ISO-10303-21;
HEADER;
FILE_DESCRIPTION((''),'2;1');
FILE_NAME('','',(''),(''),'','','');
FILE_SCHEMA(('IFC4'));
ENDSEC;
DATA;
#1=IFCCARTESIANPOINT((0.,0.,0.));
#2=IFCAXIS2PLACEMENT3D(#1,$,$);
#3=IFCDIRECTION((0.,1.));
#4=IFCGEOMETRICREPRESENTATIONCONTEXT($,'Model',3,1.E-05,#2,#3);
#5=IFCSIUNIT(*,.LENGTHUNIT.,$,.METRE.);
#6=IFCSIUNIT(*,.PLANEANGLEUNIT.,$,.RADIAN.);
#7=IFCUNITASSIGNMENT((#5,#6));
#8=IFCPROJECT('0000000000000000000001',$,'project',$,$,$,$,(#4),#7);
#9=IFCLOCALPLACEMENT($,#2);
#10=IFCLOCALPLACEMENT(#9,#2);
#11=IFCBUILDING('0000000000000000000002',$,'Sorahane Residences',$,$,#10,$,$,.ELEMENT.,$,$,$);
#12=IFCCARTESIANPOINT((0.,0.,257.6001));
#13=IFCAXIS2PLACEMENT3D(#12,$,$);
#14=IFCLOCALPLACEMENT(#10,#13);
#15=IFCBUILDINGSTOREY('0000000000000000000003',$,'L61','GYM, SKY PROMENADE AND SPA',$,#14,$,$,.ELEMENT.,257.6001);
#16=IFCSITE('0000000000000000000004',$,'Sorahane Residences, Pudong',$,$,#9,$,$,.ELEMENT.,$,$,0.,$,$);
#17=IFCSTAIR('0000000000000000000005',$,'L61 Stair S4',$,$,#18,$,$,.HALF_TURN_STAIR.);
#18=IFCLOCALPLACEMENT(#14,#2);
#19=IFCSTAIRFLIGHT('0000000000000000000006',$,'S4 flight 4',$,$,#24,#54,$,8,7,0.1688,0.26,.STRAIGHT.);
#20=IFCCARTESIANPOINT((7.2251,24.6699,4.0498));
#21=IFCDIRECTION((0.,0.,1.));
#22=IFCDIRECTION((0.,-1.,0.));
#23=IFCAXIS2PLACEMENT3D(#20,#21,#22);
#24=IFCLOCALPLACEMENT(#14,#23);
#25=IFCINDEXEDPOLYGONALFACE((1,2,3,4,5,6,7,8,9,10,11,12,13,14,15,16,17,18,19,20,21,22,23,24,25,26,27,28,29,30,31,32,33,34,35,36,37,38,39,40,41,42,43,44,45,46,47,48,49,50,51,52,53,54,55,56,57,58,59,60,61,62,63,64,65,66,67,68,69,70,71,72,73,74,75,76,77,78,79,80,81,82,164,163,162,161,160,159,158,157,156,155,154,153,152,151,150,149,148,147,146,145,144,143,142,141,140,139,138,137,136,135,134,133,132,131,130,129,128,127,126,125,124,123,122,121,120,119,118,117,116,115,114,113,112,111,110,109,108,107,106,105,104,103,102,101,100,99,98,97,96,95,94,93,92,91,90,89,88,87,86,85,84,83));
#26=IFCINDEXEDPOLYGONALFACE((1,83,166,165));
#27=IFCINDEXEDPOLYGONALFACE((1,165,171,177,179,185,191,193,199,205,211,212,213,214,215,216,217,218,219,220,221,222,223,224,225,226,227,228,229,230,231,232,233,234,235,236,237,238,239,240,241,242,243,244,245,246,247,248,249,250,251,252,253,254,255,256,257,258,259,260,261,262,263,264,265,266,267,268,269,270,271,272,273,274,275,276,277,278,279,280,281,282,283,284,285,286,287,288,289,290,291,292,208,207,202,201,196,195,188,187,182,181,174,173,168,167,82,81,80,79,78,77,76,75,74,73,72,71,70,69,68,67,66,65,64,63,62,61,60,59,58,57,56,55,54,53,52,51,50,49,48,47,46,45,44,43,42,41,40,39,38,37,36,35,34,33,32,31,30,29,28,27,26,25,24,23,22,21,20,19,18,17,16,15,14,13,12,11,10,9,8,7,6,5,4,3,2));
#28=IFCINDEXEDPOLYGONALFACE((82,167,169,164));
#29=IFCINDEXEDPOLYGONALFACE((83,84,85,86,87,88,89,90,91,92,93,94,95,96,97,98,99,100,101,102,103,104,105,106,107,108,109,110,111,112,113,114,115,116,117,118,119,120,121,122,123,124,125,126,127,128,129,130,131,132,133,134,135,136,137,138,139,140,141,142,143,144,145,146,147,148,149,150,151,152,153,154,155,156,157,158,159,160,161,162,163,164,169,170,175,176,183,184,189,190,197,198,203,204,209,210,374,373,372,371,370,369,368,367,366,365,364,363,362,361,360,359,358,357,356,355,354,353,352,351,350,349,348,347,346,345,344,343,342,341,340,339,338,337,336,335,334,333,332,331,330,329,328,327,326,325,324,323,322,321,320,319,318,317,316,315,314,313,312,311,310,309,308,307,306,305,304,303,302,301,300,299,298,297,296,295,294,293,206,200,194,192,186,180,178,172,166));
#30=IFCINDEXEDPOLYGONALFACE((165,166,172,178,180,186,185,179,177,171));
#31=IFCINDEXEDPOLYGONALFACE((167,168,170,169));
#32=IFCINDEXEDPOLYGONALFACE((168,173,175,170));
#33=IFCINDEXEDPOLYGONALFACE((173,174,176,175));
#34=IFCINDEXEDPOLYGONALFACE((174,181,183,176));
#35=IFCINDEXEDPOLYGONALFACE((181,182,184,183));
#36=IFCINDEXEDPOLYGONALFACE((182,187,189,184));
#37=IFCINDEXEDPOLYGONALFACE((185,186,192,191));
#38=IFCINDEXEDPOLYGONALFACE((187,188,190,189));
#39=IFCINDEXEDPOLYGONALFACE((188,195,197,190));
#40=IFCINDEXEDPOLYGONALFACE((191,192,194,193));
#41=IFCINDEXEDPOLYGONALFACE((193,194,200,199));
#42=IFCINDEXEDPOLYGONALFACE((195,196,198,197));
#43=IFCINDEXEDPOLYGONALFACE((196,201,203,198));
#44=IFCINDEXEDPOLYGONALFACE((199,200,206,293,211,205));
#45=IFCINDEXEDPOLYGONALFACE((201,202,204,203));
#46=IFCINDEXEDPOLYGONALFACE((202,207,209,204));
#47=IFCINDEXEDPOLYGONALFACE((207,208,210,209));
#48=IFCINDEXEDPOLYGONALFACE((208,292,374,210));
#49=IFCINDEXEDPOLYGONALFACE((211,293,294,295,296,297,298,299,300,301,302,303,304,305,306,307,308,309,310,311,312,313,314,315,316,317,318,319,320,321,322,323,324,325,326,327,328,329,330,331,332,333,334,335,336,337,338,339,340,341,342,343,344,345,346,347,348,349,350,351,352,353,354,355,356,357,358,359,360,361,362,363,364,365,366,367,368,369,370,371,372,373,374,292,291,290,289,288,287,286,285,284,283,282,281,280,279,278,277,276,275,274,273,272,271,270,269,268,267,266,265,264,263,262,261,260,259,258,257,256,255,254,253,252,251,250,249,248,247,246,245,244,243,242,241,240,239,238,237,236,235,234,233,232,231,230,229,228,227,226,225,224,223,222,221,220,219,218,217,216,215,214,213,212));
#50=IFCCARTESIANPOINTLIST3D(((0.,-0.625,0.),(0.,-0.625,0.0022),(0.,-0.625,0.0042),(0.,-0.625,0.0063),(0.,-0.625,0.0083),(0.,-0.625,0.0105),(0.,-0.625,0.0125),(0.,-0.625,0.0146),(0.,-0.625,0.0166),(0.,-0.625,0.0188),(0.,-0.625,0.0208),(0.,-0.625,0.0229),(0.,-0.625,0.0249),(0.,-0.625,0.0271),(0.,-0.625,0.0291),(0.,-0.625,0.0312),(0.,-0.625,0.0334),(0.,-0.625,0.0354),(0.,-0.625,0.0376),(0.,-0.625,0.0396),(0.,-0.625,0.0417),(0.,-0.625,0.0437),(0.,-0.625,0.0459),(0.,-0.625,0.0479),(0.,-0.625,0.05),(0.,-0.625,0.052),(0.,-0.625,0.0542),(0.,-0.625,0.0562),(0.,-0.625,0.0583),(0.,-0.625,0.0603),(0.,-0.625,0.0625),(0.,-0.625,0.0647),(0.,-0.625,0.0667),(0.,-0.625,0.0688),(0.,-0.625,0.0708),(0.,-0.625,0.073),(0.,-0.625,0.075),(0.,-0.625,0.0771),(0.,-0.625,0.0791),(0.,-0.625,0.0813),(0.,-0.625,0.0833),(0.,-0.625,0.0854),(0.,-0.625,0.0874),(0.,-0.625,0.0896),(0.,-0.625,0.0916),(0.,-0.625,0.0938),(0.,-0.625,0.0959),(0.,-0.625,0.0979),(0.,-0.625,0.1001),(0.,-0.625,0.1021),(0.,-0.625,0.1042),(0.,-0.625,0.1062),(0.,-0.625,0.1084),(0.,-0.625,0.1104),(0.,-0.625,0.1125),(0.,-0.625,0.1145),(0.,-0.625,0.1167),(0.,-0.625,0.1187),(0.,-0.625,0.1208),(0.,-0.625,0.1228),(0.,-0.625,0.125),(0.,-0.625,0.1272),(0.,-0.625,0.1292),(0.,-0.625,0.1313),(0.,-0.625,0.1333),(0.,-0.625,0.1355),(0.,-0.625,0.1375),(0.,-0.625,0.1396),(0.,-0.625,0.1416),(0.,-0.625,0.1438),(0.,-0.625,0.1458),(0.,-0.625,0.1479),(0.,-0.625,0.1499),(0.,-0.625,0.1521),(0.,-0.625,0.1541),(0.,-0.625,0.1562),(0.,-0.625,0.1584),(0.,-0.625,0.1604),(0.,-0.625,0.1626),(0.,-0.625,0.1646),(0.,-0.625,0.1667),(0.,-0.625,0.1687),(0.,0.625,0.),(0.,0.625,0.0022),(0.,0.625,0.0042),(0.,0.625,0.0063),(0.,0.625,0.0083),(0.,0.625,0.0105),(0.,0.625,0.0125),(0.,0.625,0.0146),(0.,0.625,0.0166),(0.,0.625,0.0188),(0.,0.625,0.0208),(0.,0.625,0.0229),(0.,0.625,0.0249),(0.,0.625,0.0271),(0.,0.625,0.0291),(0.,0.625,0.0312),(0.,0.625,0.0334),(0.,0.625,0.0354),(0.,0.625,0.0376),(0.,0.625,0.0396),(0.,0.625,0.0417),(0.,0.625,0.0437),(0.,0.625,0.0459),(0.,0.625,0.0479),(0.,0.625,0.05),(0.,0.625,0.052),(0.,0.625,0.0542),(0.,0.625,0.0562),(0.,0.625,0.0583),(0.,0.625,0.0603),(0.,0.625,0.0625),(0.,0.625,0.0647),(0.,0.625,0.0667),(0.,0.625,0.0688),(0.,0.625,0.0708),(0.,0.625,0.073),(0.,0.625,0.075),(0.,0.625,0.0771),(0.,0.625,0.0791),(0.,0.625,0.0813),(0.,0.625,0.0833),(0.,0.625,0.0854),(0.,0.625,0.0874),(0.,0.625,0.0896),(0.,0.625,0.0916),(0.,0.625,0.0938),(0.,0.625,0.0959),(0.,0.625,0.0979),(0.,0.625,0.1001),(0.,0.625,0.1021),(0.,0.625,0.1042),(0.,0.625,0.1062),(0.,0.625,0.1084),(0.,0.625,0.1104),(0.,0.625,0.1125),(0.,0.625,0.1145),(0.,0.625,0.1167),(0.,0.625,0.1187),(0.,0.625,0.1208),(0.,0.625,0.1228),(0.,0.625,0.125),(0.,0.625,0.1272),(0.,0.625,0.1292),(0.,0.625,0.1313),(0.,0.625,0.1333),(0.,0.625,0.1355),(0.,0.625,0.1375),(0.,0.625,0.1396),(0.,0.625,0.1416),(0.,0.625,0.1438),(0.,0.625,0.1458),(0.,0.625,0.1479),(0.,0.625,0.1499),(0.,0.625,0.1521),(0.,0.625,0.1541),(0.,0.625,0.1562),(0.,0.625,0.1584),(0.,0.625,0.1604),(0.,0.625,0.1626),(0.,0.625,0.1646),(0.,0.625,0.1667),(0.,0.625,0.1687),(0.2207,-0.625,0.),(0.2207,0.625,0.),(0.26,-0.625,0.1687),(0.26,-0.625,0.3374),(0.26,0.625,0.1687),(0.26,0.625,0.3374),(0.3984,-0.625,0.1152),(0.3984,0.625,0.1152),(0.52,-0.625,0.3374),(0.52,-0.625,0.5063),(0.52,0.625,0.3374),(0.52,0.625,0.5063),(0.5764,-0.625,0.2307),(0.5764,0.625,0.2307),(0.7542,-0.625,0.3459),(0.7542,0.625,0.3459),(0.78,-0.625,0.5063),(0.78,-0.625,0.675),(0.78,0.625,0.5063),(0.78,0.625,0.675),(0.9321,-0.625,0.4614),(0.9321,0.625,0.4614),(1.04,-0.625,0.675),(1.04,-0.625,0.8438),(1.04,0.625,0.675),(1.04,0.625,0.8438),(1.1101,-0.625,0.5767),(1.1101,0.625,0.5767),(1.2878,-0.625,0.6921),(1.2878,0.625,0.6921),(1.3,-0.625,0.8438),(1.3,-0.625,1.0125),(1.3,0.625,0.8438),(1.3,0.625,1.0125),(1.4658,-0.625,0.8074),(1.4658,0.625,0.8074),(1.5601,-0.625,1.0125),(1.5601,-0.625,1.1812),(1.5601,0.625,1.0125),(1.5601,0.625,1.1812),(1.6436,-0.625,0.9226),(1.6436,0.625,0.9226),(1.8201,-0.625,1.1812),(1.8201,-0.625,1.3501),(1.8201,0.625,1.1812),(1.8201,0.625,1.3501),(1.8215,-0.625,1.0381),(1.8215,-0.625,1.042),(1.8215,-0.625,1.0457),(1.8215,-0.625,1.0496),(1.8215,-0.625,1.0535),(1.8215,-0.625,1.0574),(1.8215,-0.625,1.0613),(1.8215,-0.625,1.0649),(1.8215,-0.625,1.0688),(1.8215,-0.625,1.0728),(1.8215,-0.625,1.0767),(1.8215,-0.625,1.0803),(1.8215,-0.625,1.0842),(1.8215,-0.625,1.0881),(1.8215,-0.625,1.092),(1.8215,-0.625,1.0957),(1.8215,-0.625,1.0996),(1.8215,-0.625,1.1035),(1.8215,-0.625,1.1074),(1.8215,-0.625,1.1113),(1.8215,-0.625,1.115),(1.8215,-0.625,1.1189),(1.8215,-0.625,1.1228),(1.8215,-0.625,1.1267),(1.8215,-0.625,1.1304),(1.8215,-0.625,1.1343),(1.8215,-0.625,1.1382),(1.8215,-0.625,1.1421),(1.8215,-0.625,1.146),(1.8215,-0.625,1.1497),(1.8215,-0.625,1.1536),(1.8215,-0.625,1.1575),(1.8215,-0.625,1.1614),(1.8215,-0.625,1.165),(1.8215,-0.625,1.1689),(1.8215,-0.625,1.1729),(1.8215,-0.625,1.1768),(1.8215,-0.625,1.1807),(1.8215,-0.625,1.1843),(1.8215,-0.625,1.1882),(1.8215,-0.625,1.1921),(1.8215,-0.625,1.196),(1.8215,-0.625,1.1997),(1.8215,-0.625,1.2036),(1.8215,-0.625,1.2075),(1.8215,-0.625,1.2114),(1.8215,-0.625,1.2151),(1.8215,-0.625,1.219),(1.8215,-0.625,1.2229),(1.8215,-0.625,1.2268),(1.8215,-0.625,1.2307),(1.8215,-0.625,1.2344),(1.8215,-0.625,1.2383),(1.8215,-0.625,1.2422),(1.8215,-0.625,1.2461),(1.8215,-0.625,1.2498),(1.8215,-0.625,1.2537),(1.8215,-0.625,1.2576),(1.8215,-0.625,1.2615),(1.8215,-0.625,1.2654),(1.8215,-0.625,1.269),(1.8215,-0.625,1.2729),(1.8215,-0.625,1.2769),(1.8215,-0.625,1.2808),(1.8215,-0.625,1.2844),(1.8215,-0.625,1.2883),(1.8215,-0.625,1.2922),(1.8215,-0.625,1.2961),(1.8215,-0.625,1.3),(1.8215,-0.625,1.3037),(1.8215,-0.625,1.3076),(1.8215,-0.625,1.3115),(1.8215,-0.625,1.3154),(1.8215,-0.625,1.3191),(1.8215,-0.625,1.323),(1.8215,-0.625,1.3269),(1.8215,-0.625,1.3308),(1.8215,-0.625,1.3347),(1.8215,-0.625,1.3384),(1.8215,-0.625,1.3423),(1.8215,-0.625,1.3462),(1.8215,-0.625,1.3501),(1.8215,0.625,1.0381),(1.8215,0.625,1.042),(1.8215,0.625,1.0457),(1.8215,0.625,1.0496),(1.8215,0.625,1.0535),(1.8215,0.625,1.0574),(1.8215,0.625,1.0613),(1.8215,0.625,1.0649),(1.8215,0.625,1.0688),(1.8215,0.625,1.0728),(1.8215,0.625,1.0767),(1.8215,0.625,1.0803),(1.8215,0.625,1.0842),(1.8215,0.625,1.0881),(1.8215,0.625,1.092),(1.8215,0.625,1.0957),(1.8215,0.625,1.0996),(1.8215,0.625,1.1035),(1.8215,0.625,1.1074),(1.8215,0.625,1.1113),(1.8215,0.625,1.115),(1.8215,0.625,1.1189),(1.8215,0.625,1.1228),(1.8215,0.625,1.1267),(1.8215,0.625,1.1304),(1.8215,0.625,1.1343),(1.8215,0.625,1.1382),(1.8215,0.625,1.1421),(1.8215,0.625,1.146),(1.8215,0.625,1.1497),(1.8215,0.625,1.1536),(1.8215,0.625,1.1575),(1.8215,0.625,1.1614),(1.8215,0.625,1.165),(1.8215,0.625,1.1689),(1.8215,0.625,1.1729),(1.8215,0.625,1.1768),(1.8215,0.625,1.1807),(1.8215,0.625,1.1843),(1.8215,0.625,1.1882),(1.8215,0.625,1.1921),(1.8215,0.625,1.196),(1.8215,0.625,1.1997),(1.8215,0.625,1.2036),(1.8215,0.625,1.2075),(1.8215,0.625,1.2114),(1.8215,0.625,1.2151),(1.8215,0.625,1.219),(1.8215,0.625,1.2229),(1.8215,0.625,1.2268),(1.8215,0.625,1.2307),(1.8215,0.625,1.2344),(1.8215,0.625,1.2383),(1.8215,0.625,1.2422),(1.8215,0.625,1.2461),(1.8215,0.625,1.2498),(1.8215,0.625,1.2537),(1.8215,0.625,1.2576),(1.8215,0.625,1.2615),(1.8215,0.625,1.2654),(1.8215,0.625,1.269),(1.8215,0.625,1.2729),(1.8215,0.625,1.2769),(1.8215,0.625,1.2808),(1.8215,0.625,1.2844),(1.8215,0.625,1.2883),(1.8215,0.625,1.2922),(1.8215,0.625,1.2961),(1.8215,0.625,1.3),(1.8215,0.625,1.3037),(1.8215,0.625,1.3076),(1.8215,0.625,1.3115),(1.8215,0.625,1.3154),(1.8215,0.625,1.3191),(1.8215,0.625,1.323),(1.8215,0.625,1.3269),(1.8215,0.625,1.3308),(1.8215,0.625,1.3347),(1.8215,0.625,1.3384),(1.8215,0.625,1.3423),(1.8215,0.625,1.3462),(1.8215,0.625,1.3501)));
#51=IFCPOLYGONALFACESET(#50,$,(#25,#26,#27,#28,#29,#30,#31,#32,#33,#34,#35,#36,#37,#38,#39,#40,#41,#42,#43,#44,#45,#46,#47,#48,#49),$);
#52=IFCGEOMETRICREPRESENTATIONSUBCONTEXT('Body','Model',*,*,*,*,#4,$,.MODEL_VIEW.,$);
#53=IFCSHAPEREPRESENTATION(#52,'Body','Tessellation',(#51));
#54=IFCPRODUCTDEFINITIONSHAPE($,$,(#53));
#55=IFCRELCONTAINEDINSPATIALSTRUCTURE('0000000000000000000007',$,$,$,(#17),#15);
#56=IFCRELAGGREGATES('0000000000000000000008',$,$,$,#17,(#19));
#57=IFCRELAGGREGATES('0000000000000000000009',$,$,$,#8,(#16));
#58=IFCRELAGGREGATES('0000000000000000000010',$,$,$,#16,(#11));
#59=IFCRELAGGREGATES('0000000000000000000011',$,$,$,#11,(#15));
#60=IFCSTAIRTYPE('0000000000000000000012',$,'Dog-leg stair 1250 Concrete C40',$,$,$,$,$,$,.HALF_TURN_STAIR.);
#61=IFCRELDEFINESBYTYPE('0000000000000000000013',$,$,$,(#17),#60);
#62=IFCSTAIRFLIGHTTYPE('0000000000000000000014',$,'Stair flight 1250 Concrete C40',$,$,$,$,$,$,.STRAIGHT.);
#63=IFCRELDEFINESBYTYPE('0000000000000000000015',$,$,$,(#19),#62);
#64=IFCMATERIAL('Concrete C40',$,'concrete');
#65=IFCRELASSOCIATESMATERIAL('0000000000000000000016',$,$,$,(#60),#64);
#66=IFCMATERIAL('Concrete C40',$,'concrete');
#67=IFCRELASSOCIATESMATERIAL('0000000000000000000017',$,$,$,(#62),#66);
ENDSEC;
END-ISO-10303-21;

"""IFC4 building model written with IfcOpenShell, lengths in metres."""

from ifc_helpers import new_model, si_unit, direction, frame, origin, place, context, subcontext, project, spatial, polyline, outline, extrude, material, type_object, element, aggregate, save


model = new_model("IFC4")

# Units and contexts
model_context = context("Model", 3, precision=1e-05, world=origin(), true_north=direction((0.0, 1.0)))
body_context = subcontext(model_context, "Body", "Model", "MODEL_VIEW")
ifc_project = project(units=[si_unit("LENGTHUNIT", "METRE"), si_unit("PLANEANGLEUNIT", "RADIAN")], contexts=[model_context])

# Site, building, storey
site_placement = place(None, origin())
site = spatial("IfcSite", under=ifc_project, at=site_placement, Name="Sorahane Residences, Pudong", CompositionType="ELEMENT", RefElevation=0.0)
building_placement = place(site_placement, origin())
building = spatial("IfcBuilding", under=site, at=building_placement, Name="Sorahane Residences", CompositionType="ELEMENT")
storey_placement = place(building_placement, frame((0.0, 0.0, 257.6001)))
storey = spatial("IfcBuildingStorey", under=building, at=storey_placement, Name="L61", Description="GYM, SKY PROMENADE AND SPA", CompositionType="ELEMENT", Elevation=257.6001)

# Stair, stair flight
ifc_material_1 = material(Name="Concrete C40", Category="concrete")
stair_type = type_object("IfcStairType", Name="Dog-leg stair 1250 Concrete C40", PredefinedType="HALF_TURN_STAIR", material=ifc_material_1)
stair_placement = place(storey_placement, origin())
stair = element("IfcStair", 1, at=stair_placement, inside=storey, type_object=stair_type, Name="L61 Stair S4", PredefinedType="HALF_TURN_STAIR")
ifc_material_2 = material(Name="Concrete C40", Category="concrete")
stair_flight_type = type_object("IfcStairFlightType", Name="Stair flight 1250 Concrete C40", PredefinedType="STRAIGHT", material=ifc_material_2)
stair_flight_1_placement = place(storey_placement, frame((7.2251, 24.6699, 4.0498), z_axis=(0.0, 0.0, 1.0), x_axis=(0.0, -1.0, 0.0)))
stair_flight_1 = element("IfcStairFlight", 2, at=stair_flight_1_placement, type_object=stair_flight_type, Name="S4 flight 4", NumberOfRisers=8, NumberOfTreads=7, PredefinedType="STRAIGHT", RiserHeight=0.1688, TreadLength=0.26, context=body_context, shape_type="SweptSolid", body=[
    extrude(outline(polyline([(0.0, 0.0), (0.0, 0.0022), (0.0, 0.0042), (0.0, 0.0063), (0.0, 0.0083), (0.0, 0.0105), (0.0, 0.0125), (0.0, 0.0146), (0.0, 0.0166), (0.0, 0.0188), (0.0, 0.0208), (0.0, 0.0229), (0.0, 0.0249), (0.0, 0.0271), (0.0, 0.0291), (0.0, 0.0312), (0.0, 0.0334), (0.0, 0.0354), (0.0, 0.0376), (0.0, 0.0396), (0.0, 0.0417), (0.0, 0.0437), (0.0, 0.0459), (0.0, 0.0479), (0.0, 0.05), (0.0, 0.052), (0.0, 0.0542), (0.0, 0.0562), (0.0, 0.0583), (0.0, 0.0603), (0.0, 0.0625), (0.0, 0.0647), (0.0, 0.0667), (0.0, 0.0688), (0.0, 0.0708), (0.0, 0.073), (0.0, 0.075), (0.0, 0.0771), (0.0, 0.0791), (0.0, 0.0813), (0.0, 0.0833), (0.0, 0.0854), (0.0, 0.0874), (0.0, 0.0896), (0.0, 0.0916), (0.0, 0.0938), (0.0, 0.0959), (0.0, 0.0979), (0.0, 0.1001), (0.0, 0.1021), (0.0, 0.1042), (0.0, 0.1062), (0.0, 0.1084), (0.0, 0.1104), (0.0, 0.1125), (0.0, 0.1145), (0.0, 0.1167), (0.0, 0.1187), (0.0, 0.1208), (0.0, 0.1228), (0.0, 0.125), (0.0, 0.1272), (0.0, 0.1292), (0.0, 0.1313), (0.0, 0.1333), (0.0, 0.1355), (0.0, 0.1375), (0.0, 0.1396), (0.0, 0.1416), (0.0, 0.1438), (0.0, 0.1458), (0.0, 0.1479), (0.0, 0.1499), (0.0, 0.1521), (0.0, 0.1541), (0.0, 0.1562), (0.0, 0.1584), (0.0, 0.1604), (0.0, 0.1626), (0.0, 0.1646), (0.0, 0.1667), (0.0, 0.1687), (0.26, 0.1687), (0.26, 0.3374), (0.52, 0.3374), (0.52, 0.5063), (0.78, 0.5063), (0.78, 0.675), (1.04, 0.675), (1.04, 0.8438), (1.3, 0.8438), (1.3, 1.0125), (1.5601, 1.0125), (1.5601, 1.1812), (1.8201, 1.1812), (1.8201, 1.3501), (1.8215, 1.3501), (1.8215, 1.3462), (1.8215, 1.3423), (1.8215, 1.3384), (1.8215, 1.3347), (1.8215, 1.3308), (1.8215, 1.3269), (1.8215, 1.323), (1.8215, 1.3191), (1.8215, 1.3154), (1.8215, 1.3115), (1.8215, 1.3076), (1.8215, 1.3037), (1.8215, 1.3), (1.8215, 1.2961), (1.8215, 1.2922), (1.8215, 1.2883), (1.8215, 1.2844), (1.8215, 1.2808), (1.8215, 1.2769), (1.8215, 1.2729), (1.8215, 1.269), (1.8215, 1.2654), (1.8215, 1.2615), (1.8215, 1.2576), (1.8215, 1.2537), (1.8215, 1.2498), (1.8215, 1.2461), (1.8215, 1.2422), (1.8215, 1.2383), (1.8215, 1.2344), (1.8215, 1.2307), (1.8215, 1.2268), (1.8215, 1.2229), (1.8215, 1.219), (1.8215, 1.2151), (1.8215, 1.2114), (1.8215, 1.2075), (1.8215, 1.2036), (1.8215, 1.1997), (1.8215, 1.196), (1.8215, 1.1921), (1.8215, 1.1882), (1.8215, 1.1843), (1.8215, 1.1807), (1.8215, 1.1768), (1.8215, 1.1729), (1.8215, 1.1689), (1.8215, 1.165), (1.8215, 1.1614), (1.8215, 1.1575), (1.8215, 1.1536), (1.8215, 1.1497), (1.8215, 1.146), (1.8215, 1.1421), (1.8215, 1.1382), (1.8215, 1.1343), (1.8215, 1.1304), (1.8215, 1.1267), (1.8215, 1.1228), (1.8215, 1.1189), (1.8215, 1.115), (1.8215, 1.1113), (1.8215, 1.1074), (1.8215, 1.1035), (1.8215, 1.0996), (1.8215, 1.0957), (1.8215, 1.092), (1.8215, 1.0881), (1.8215, 1.0842), (1.8215, 1.0803), (1.8215, 1.0767), (1.8215, 1.0728), (1.8215, 1.0688), (1.8215, 1.0649), (1.8215, 1.0613), (1.8215, 1.0574), (1.8215, 1.0535), (1.8215, 1.0496), (1.8215, 1.0457), (1.8215, 1.042), (1.8215, 1.0381), (1.6436, 0.9226), (1.4658, 0.8074), (1.2878, 0.6921), (1.1101, 0.5767), (0.9321, 0.4614), (0.7542, 0.3459), (0.5764, 0.2307), (0.3984, 0.1152), (0.2207, 0.0), (0.0, 0.0)])), frame((0.0, 0.625, 0.0), z_axis=(0.0, -1.0, 0.0), x_axis=(1.0, 0.0, 0.0)), (0.0, 0.0, 1.0), 1.25),
])
aggregate(stair, [stair_flight_1])

save(model, "model.ifc")
